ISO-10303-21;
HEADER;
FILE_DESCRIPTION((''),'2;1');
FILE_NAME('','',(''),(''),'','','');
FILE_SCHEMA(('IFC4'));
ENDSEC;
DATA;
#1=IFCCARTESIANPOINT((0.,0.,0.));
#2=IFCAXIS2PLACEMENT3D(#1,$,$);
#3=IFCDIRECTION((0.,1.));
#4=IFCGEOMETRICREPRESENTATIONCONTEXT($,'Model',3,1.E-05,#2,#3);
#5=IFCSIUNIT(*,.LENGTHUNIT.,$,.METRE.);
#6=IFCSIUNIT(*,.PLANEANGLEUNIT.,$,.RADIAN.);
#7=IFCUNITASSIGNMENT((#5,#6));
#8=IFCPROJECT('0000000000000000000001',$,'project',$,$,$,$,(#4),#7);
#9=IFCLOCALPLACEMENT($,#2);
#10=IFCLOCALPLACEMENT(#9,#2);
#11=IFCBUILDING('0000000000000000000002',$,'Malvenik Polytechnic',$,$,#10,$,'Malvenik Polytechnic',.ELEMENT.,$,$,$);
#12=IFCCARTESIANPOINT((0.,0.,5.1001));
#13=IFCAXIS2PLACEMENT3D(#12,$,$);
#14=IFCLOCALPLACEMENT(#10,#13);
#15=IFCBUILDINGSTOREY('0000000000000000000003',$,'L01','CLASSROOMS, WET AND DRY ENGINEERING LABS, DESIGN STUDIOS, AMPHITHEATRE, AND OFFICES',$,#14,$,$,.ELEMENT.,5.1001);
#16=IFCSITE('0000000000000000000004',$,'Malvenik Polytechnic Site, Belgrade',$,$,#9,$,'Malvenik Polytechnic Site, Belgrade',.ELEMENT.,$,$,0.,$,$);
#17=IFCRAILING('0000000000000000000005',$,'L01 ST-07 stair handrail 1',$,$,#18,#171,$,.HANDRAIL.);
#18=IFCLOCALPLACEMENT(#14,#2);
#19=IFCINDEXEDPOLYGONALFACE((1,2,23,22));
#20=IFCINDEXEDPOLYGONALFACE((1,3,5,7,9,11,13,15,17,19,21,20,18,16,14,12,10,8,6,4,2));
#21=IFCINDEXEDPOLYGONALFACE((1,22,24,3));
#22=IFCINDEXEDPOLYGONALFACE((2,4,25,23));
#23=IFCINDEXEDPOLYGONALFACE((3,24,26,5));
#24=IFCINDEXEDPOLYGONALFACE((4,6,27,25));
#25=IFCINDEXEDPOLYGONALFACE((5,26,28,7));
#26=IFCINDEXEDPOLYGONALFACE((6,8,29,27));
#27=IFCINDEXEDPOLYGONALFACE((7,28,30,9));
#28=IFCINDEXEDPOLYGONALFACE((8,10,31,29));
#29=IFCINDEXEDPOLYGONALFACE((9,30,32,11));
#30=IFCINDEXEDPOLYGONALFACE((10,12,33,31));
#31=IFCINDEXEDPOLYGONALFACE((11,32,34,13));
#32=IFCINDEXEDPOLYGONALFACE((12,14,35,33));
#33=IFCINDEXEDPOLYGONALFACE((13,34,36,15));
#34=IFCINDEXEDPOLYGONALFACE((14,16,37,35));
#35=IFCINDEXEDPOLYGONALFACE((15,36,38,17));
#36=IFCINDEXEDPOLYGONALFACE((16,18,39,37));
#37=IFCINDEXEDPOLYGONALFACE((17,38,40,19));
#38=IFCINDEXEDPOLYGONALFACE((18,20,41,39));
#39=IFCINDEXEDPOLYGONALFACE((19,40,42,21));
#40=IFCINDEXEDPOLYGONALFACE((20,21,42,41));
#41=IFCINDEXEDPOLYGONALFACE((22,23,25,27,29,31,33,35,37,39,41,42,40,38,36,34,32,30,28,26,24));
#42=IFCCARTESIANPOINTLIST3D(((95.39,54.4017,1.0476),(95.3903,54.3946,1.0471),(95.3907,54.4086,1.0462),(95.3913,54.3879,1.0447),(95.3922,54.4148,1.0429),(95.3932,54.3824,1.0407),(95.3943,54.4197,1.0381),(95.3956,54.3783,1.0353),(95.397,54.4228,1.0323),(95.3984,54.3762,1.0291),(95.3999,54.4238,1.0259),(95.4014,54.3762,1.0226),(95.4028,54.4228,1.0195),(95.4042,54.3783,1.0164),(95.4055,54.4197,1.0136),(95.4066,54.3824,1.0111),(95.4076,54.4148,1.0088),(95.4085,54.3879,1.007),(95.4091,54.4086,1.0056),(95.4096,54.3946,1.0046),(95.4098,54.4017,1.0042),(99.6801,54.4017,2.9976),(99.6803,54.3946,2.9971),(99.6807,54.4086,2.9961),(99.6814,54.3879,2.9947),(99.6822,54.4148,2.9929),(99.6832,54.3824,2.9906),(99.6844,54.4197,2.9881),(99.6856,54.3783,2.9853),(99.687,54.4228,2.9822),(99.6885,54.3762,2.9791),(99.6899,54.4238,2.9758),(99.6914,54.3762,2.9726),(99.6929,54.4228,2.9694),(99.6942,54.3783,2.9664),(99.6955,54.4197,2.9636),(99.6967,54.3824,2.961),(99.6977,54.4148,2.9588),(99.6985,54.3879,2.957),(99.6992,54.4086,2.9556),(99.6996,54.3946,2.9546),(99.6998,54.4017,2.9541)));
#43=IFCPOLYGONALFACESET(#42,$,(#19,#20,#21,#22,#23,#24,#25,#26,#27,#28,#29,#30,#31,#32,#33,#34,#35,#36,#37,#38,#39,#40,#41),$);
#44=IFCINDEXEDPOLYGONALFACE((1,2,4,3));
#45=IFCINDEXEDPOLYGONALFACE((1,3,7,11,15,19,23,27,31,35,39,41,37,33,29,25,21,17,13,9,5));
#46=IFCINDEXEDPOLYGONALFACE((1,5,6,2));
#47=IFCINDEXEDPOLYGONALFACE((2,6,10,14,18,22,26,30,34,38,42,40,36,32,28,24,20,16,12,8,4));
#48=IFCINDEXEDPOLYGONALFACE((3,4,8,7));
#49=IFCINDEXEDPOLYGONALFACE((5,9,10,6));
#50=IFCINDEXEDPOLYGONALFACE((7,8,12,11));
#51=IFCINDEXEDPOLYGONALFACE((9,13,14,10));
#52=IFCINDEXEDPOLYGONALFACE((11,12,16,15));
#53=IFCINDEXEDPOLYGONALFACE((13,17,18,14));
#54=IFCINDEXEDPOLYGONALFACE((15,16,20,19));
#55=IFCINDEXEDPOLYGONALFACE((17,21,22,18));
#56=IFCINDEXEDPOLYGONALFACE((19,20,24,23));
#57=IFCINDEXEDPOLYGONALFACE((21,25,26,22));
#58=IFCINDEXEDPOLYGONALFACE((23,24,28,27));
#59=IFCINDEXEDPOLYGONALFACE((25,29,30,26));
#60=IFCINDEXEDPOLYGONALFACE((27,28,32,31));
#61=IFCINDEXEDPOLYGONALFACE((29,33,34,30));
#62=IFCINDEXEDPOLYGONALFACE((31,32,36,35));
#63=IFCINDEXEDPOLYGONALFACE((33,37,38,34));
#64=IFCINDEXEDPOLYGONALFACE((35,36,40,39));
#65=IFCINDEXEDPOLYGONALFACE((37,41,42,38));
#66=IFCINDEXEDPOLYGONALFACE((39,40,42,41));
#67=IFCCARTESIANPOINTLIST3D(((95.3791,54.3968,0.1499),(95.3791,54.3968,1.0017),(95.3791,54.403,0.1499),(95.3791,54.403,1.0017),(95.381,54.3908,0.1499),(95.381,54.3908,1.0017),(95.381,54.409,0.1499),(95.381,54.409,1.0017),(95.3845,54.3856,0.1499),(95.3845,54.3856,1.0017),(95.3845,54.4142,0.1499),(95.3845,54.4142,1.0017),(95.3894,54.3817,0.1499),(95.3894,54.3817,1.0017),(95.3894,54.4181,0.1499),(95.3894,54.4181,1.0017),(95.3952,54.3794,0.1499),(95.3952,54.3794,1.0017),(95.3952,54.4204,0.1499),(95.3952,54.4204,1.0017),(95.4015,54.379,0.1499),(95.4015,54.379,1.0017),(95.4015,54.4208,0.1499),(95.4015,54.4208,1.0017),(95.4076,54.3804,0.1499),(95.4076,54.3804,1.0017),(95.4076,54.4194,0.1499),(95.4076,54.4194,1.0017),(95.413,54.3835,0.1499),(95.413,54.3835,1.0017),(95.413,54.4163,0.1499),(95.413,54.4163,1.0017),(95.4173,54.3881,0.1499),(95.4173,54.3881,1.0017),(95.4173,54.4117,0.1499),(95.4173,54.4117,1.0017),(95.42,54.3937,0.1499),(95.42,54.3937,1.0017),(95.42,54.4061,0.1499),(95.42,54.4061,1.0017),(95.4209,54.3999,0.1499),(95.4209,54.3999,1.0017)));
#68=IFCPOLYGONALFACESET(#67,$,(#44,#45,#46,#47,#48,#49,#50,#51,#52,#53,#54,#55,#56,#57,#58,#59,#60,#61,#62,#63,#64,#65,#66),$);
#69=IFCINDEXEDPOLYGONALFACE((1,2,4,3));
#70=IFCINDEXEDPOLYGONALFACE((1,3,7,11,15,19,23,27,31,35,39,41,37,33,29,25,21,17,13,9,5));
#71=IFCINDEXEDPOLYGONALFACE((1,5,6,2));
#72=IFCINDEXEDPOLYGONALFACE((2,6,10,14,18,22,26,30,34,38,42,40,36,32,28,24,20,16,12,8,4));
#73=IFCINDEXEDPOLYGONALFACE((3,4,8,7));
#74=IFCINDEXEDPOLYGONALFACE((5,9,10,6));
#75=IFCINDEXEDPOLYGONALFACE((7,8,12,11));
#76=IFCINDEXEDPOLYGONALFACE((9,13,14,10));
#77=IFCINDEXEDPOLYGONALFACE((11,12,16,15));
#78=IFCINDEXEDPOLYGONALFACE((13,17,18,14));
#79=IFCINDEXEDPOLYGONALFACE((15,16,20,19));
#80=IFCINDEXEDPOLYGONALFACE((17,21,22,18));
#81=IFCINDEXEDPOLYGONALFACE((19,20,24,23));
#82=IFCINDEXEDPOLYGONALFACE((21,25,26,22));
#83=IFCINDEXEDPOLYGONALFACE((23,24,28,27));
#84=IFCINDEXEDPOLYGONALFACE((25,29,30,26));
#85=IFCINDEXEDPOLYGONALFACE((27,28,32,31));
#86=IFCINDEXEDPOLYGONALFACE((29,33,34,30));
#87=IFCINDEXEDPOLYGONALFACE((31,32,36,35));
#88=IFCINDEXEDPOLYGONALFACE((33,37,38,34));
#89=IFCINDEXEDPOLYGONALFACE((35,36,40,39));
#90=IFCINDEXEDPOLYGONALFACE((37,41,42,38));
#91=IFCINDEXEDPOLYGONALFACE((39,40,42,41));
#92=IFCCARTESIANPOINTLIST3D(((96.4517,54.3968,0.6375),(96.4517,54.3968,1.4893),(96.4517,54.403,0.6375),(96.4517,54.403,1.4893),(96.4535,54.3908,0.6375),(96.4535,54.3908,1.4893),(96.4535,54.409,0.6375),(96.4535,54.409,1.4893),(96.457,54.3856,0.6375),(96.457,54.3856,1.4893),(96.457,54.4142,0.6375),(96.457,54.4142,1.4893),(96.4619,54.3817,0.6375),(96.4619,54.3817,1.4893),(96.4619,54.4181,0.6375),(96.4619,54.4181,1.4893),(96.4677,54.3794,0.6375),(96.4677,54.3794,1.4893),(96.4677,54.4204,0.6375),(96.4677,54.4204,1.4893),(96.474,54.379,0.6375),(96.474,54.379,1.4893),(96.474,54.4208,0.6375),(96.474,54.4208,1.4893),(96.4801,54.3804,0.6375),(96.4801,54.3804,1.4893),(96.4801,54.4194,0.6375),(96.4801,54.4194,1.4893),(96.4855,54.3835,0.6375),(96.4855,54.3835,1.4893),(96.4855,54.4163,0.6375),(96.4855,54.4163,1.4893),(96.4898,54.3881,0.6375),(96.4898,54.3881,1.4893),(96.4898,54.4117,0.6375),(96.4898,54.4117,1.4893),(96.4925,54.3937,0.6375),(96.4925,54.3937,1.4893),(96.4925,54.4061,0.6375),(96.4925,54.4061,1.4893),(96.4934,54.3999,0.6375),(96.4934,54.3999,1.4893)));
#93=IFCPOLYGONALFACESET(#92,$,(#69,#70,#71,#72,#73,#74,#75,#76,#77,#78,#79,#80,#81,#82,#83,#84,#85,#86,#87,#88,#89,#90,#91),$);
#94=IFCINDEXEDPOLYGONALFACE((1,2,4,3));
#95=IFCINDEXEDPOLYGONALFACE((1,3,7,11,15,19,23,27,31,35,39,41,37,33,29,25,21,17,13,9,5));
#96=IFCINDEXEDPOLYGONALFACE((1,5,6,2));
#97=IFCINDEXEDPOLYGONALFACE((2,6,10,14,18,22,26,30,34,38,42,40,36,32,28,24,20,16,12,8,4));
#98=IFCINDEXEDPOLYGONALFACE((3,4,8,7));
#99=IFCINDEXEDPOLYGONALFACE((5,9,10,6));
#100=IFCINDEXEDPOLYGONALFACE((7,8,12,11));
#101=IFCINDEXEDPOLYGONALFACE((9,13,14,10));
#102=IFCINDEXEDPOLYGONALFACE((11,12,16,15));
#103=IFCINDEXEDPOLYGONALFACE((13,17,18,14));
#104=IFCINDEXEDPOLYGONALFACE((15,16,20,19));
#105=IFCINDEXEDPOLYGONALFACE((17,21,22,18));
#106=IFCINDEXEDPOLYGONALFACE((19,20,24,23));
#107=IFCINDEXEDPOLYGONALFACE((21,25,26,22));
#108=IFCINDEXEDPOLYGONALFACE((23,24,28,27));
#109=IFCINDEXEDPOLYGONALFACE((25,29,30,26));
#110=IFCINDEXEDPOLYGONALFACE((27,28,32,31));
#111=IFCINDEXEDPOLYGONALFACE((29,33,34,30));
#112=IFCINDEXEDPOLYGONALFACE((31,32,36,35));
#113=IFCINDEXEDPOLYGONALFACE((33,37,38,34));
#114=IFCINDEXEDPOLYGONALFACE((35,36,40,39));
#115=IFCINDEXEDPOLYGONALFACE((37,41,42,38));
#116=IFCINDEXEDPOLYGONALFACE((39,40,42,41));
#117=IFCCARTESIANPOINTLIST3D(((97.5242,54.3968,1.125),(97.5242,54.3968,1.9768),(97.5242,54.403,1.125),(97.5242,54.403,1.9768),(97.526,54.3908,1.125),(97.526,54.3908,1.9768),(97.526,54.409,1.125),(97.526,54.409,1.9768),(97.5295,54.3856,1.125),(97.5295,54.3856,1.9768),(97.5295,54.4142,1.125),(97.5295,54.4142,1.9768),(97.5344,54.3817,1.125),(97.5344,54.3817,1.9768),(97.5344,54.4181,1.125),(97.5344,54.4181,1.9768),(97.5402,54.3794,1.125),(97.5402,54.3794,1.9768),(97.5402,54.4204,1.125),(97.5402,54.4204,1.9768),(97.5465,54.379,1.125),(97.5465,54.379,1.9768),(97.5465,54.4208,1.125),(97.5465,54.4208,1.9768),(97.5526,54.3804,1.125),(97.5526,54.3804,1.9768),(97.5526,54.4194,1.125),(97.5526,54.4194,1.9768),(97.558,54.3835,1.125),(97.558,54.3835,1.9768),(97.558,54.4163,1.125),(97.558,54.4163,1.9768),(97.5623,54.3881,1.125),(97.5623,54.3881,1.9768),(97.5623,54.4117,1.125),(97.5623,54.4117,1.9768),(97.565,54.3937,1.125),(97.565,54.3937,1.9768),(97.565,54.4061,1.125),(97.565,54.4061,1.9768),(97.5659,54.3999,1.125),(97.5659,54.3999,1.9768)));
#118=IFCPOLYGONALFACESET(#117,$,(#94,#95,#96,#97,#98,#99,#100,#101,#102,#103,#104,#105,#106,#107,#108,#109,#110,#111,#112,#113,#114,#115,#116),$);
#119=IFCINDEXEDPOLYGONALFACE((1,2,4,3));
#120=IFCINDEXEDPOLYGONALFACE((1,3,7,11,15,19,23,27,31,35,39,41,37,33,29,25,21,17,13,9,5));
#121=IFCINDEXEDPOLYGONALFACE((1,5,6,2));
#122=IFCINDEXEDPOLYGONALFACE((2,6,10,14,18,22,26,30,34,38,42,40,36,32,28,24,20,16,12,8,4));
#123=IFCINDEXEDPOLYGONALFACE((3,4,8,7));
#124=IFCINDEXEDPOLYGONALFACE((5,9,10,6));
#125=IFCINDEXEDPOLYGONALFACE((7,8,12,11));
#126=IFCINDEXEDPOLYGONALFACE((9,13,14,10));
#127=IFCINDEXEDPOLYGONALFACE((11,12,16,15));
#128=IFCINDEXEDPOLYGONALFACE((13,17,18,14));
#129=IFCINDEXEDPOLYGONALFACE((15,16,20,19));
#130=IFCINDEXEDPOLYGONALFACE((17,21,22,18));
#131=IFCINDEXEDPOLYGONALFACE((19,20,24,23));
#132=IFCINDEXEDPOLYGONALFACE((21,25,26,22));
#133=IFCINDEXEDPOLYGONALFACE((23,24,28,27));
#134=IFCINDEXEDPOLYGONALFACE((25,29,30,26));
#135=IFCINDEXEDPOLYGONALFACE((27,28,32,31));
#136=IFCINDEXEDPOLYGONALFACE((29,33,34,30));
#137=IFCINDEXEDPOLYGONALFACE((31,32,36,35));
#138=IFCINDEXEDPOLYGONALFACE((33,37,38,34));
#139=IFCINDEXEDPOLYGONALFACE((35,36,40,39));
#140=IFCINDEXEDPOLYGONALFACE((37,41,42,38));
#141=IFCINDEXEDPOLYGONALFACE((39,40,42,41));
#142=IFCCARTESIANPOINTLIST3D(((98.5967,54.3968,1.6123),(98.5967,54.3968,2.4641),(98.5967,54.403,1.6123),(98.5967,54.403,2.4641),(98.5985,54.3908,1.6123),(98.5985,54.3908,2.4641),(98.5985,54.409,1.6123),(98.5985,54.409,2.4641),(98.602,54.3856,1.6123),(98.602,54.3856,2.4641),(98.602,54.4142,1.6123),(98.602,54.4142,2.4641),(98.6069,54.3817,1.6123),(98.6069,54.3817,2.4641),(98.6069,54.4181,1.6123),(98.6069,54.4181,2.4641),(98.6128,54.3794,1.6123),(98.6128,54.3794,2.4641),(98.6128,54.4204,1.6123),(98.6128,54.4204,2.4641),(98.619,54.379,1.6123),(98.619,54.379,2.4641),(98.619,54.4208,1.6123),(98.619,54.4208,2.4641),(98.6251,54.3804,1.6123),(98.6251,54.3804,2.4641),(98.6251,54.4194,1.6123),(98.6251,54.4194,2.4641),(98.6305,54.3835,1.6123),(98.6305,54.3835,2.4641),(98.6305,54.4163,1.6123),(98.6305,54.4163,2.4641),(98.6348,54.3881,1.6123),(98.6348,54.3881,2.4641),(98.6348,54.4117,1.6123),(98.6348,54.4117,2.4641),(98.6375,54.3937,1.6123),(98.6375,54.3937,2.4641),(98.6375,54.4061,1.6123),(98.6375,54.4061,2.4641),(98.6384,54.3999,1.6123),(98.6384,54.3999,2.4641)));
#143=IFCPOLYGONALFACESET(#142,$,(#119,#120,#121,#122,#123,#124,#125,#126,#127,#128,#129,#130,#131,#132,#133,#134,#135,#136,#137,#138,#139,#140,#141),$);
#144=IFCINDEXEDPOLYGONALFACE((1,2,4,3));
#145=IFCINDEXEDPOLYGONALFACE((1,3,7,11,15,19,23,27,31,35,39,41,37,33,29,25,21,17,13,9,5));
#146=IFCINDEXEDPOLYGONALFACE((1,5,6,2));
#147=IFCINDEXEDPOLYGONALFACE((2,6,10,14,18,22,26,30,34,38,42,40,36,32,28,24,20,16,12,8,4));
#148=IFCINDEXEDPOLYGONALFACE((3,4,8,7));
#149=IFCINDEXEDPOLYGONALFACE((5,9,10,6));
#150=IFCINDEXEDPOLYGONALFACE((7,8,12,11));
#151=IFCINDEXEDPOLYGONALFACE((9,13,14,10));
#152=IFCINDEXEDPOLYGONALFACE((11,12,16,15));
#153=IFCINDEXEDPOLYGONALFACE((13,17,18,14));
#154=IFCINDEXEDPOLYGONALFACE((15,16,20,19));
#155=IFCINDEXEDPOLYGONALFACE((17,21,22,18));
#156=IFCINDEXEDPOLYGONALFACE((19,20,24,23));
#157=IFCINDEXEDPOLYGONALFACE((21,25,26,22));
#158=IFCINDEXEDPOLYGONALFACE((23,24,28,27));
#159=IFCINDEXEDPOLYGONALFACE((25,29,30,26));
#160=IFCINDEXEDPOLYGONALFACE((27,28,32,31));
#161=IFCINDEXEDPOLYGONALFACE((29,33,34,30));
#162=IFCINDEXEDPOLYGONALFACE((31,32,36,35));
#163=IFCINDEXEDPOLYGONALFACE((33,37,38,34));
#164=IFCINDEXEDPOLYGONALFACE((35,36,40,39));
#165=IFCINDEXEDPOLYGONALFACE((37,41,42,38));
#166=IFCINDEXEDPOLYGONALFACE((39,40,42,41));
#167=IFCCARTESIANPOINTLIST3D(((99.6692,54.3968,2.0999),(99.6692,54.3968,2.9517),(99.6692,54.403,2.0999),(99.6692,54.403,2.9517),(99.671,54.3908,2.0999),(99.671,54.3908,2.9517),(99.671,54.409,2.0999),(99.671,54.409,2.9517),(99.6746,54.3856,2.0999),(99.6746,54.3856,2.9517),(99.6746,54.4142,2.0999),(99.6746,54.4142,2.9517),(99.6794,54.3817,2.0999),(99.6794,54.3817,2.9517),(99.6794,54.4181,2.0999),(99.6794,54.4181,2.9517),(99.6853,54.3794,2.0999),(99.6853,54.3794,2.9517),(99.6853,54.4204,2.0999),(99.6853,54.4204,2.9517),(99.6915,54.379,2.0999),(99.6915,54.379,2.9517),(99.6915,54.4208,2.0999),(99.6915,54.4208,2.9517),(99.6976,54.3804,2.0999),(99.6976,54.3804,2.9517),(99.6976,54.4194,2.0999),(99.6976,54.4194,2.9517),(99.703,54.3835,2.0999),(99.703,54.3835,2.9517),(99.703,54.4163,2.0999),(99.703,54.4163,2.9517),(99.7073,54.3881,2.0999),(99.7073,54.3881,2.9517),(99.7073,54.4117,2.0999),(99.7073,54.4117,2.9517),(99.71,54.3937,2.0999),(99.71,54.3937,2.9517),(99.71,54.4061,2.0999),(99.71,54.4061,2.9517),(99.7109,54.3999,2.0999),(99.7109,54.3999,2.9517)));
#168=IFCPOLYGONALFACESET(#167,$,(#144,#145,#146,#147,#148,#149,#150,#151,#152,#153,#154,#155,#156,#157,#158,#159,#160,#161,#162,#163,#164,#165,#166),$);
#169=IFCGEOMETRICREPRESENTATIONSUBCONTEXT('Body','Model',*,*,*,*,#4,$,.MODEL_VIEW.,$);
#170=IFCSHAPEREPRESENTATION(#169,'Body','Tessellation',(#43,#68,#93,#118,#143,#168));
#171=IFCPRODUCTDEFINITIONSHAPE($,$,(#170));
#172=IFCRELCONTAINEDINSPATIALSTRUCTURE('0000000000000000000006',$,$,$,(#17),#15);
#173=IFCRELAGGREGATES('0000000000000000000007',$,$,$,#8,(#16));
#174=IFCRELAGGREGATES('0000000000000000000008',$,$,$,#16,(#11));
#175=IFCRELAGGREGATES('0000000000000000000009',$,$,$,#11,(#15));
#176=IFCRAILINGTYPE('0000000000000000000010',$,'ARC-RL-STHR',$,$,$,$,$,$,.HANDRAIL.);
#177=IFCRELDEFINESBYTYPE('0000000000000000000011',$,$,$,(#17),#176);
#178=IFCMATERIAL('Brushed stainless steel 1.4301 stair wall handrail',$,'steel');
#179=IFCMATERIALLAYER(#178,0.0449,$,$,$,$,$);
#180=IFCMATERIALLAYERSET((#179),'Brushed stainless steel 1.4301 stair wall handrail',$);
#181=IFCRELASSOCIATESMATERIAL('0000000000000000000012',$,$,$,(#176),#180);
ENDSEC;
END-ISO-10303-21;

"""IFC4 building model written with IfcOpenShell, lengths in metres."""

from ifc_helpers import new_model, si_unit, direction, frame, origin, origin_2d, place, context, subcontext, project, spatial, circle, extrude, material, layer, layer_set, type_object, element, save


model = new_model("IFC4")

# Units and contexts
model_context = context("Model", 3, precision=1e-05, world=origin(), true_north=direction((0.0, 1.0)))
body_context = subcontext(model_context, "Body", "Model", "MODEL_VIEW")
ifc_project = project(units=[si_unit("LENGTHUNIT", "METRE"), si_unit("PLANEANGLEUNIT", "RADIAN")], contexts=[model_context])

# Site, building, storey
site_placement = place(None, origin())
site = spatial("IfcSite", under=ifc_project, at=site_placement, Name="Malvenik Polytechnic Site, Belgrade", LongName="Malvenik Polytechnic Site, Belgrade", CompositionType="ELEMENT", RefElevation=0.0)
building_placement = place(site_placement, origin())
building = spatial("IfcBuilding", under=site, at=building_placement, Name="Malvenik Polytechnic", LongName="Malvenik Polytechnic", CompositionType="ELEMENT")
storey_placement = place(building_placement, frame((0.0, 0.0, 5.1001)))
storey = spatial("IfcBuildingStorey", under=building, at=storey_placement, Name="L01", Description="CLASSROOMS, WET AND DRY ENGINEERING LABS, DESIGN STUDIOS, AMPHITHEATRE, AND OFFICES", CompositionType="ELEMENT", Elevation=5.1001)

# Railing
ifc_material_1 = material(Name="Brushed stainless steel 1.4301 stair wall handrail", Category="steel")
ifc_layer_1 = layer(ifc_material_1, 0.0449)
ifc_layer_set_1 = layer_set([ifc_layer_1], Name="Brushed stainless steel 1.4301 stair wall handrail")
railing_type_1 = type_object("IfcRailingType", Name="ARC-RL-STHR", PredefinedType="HANDRAIL", material=ifc_layer_set_1)
railing_1_placement = place(storey_placement, frame((95.3999, 54.3999, 0.1499)))
element("IfcRailing", 1, at=railing_1_placement, inside=storey, type_object=railing_type_1, Name="L01 ST-07 stair handrail 1", PredefinedType="HANDRAIL", context=body_context, shape_type="SweptSolid", body=[
    extrude(circle(Radius=0.0239, at=origin_2d()), frame((0.0, 0.0, 0.876), z_axis=(0.910372, 0.0, 0.413791), x_axis=(0.0, 1.0, 0.0)), (0.0, 0.0, 1.0), 4.7124),
    extrude(circle(Radius=0.021, at=origin_2d()), origin(), (0.0, 0.0, 1.0), 0.8518),
    extrude(circle(Radius=0.021, at=origin_2d()), frame((1.0725, 0.0, 0.4875)), (0.0, 0.0, 1.0), 0.8518),
    extrude(circle(Radius=0.021, at=origin_2d()), frame((2.145, 0.0, 0.9751)), (0.0, 0.0, 1.0), 0.8518),
    extrude(circle(Radius=0.021, at=origin_2d()), frame((3.2175, 0.0, 1.4624)), (0.0, 0.0, 1.0), 0.8518),
    extrude(circle(Radius=0.021, at=origin_2d()), frame((4.29, 0.0, 1.95)), (0.0, 0.0, 1.0), 0.8518),
])

save(model, "model.ifc")
